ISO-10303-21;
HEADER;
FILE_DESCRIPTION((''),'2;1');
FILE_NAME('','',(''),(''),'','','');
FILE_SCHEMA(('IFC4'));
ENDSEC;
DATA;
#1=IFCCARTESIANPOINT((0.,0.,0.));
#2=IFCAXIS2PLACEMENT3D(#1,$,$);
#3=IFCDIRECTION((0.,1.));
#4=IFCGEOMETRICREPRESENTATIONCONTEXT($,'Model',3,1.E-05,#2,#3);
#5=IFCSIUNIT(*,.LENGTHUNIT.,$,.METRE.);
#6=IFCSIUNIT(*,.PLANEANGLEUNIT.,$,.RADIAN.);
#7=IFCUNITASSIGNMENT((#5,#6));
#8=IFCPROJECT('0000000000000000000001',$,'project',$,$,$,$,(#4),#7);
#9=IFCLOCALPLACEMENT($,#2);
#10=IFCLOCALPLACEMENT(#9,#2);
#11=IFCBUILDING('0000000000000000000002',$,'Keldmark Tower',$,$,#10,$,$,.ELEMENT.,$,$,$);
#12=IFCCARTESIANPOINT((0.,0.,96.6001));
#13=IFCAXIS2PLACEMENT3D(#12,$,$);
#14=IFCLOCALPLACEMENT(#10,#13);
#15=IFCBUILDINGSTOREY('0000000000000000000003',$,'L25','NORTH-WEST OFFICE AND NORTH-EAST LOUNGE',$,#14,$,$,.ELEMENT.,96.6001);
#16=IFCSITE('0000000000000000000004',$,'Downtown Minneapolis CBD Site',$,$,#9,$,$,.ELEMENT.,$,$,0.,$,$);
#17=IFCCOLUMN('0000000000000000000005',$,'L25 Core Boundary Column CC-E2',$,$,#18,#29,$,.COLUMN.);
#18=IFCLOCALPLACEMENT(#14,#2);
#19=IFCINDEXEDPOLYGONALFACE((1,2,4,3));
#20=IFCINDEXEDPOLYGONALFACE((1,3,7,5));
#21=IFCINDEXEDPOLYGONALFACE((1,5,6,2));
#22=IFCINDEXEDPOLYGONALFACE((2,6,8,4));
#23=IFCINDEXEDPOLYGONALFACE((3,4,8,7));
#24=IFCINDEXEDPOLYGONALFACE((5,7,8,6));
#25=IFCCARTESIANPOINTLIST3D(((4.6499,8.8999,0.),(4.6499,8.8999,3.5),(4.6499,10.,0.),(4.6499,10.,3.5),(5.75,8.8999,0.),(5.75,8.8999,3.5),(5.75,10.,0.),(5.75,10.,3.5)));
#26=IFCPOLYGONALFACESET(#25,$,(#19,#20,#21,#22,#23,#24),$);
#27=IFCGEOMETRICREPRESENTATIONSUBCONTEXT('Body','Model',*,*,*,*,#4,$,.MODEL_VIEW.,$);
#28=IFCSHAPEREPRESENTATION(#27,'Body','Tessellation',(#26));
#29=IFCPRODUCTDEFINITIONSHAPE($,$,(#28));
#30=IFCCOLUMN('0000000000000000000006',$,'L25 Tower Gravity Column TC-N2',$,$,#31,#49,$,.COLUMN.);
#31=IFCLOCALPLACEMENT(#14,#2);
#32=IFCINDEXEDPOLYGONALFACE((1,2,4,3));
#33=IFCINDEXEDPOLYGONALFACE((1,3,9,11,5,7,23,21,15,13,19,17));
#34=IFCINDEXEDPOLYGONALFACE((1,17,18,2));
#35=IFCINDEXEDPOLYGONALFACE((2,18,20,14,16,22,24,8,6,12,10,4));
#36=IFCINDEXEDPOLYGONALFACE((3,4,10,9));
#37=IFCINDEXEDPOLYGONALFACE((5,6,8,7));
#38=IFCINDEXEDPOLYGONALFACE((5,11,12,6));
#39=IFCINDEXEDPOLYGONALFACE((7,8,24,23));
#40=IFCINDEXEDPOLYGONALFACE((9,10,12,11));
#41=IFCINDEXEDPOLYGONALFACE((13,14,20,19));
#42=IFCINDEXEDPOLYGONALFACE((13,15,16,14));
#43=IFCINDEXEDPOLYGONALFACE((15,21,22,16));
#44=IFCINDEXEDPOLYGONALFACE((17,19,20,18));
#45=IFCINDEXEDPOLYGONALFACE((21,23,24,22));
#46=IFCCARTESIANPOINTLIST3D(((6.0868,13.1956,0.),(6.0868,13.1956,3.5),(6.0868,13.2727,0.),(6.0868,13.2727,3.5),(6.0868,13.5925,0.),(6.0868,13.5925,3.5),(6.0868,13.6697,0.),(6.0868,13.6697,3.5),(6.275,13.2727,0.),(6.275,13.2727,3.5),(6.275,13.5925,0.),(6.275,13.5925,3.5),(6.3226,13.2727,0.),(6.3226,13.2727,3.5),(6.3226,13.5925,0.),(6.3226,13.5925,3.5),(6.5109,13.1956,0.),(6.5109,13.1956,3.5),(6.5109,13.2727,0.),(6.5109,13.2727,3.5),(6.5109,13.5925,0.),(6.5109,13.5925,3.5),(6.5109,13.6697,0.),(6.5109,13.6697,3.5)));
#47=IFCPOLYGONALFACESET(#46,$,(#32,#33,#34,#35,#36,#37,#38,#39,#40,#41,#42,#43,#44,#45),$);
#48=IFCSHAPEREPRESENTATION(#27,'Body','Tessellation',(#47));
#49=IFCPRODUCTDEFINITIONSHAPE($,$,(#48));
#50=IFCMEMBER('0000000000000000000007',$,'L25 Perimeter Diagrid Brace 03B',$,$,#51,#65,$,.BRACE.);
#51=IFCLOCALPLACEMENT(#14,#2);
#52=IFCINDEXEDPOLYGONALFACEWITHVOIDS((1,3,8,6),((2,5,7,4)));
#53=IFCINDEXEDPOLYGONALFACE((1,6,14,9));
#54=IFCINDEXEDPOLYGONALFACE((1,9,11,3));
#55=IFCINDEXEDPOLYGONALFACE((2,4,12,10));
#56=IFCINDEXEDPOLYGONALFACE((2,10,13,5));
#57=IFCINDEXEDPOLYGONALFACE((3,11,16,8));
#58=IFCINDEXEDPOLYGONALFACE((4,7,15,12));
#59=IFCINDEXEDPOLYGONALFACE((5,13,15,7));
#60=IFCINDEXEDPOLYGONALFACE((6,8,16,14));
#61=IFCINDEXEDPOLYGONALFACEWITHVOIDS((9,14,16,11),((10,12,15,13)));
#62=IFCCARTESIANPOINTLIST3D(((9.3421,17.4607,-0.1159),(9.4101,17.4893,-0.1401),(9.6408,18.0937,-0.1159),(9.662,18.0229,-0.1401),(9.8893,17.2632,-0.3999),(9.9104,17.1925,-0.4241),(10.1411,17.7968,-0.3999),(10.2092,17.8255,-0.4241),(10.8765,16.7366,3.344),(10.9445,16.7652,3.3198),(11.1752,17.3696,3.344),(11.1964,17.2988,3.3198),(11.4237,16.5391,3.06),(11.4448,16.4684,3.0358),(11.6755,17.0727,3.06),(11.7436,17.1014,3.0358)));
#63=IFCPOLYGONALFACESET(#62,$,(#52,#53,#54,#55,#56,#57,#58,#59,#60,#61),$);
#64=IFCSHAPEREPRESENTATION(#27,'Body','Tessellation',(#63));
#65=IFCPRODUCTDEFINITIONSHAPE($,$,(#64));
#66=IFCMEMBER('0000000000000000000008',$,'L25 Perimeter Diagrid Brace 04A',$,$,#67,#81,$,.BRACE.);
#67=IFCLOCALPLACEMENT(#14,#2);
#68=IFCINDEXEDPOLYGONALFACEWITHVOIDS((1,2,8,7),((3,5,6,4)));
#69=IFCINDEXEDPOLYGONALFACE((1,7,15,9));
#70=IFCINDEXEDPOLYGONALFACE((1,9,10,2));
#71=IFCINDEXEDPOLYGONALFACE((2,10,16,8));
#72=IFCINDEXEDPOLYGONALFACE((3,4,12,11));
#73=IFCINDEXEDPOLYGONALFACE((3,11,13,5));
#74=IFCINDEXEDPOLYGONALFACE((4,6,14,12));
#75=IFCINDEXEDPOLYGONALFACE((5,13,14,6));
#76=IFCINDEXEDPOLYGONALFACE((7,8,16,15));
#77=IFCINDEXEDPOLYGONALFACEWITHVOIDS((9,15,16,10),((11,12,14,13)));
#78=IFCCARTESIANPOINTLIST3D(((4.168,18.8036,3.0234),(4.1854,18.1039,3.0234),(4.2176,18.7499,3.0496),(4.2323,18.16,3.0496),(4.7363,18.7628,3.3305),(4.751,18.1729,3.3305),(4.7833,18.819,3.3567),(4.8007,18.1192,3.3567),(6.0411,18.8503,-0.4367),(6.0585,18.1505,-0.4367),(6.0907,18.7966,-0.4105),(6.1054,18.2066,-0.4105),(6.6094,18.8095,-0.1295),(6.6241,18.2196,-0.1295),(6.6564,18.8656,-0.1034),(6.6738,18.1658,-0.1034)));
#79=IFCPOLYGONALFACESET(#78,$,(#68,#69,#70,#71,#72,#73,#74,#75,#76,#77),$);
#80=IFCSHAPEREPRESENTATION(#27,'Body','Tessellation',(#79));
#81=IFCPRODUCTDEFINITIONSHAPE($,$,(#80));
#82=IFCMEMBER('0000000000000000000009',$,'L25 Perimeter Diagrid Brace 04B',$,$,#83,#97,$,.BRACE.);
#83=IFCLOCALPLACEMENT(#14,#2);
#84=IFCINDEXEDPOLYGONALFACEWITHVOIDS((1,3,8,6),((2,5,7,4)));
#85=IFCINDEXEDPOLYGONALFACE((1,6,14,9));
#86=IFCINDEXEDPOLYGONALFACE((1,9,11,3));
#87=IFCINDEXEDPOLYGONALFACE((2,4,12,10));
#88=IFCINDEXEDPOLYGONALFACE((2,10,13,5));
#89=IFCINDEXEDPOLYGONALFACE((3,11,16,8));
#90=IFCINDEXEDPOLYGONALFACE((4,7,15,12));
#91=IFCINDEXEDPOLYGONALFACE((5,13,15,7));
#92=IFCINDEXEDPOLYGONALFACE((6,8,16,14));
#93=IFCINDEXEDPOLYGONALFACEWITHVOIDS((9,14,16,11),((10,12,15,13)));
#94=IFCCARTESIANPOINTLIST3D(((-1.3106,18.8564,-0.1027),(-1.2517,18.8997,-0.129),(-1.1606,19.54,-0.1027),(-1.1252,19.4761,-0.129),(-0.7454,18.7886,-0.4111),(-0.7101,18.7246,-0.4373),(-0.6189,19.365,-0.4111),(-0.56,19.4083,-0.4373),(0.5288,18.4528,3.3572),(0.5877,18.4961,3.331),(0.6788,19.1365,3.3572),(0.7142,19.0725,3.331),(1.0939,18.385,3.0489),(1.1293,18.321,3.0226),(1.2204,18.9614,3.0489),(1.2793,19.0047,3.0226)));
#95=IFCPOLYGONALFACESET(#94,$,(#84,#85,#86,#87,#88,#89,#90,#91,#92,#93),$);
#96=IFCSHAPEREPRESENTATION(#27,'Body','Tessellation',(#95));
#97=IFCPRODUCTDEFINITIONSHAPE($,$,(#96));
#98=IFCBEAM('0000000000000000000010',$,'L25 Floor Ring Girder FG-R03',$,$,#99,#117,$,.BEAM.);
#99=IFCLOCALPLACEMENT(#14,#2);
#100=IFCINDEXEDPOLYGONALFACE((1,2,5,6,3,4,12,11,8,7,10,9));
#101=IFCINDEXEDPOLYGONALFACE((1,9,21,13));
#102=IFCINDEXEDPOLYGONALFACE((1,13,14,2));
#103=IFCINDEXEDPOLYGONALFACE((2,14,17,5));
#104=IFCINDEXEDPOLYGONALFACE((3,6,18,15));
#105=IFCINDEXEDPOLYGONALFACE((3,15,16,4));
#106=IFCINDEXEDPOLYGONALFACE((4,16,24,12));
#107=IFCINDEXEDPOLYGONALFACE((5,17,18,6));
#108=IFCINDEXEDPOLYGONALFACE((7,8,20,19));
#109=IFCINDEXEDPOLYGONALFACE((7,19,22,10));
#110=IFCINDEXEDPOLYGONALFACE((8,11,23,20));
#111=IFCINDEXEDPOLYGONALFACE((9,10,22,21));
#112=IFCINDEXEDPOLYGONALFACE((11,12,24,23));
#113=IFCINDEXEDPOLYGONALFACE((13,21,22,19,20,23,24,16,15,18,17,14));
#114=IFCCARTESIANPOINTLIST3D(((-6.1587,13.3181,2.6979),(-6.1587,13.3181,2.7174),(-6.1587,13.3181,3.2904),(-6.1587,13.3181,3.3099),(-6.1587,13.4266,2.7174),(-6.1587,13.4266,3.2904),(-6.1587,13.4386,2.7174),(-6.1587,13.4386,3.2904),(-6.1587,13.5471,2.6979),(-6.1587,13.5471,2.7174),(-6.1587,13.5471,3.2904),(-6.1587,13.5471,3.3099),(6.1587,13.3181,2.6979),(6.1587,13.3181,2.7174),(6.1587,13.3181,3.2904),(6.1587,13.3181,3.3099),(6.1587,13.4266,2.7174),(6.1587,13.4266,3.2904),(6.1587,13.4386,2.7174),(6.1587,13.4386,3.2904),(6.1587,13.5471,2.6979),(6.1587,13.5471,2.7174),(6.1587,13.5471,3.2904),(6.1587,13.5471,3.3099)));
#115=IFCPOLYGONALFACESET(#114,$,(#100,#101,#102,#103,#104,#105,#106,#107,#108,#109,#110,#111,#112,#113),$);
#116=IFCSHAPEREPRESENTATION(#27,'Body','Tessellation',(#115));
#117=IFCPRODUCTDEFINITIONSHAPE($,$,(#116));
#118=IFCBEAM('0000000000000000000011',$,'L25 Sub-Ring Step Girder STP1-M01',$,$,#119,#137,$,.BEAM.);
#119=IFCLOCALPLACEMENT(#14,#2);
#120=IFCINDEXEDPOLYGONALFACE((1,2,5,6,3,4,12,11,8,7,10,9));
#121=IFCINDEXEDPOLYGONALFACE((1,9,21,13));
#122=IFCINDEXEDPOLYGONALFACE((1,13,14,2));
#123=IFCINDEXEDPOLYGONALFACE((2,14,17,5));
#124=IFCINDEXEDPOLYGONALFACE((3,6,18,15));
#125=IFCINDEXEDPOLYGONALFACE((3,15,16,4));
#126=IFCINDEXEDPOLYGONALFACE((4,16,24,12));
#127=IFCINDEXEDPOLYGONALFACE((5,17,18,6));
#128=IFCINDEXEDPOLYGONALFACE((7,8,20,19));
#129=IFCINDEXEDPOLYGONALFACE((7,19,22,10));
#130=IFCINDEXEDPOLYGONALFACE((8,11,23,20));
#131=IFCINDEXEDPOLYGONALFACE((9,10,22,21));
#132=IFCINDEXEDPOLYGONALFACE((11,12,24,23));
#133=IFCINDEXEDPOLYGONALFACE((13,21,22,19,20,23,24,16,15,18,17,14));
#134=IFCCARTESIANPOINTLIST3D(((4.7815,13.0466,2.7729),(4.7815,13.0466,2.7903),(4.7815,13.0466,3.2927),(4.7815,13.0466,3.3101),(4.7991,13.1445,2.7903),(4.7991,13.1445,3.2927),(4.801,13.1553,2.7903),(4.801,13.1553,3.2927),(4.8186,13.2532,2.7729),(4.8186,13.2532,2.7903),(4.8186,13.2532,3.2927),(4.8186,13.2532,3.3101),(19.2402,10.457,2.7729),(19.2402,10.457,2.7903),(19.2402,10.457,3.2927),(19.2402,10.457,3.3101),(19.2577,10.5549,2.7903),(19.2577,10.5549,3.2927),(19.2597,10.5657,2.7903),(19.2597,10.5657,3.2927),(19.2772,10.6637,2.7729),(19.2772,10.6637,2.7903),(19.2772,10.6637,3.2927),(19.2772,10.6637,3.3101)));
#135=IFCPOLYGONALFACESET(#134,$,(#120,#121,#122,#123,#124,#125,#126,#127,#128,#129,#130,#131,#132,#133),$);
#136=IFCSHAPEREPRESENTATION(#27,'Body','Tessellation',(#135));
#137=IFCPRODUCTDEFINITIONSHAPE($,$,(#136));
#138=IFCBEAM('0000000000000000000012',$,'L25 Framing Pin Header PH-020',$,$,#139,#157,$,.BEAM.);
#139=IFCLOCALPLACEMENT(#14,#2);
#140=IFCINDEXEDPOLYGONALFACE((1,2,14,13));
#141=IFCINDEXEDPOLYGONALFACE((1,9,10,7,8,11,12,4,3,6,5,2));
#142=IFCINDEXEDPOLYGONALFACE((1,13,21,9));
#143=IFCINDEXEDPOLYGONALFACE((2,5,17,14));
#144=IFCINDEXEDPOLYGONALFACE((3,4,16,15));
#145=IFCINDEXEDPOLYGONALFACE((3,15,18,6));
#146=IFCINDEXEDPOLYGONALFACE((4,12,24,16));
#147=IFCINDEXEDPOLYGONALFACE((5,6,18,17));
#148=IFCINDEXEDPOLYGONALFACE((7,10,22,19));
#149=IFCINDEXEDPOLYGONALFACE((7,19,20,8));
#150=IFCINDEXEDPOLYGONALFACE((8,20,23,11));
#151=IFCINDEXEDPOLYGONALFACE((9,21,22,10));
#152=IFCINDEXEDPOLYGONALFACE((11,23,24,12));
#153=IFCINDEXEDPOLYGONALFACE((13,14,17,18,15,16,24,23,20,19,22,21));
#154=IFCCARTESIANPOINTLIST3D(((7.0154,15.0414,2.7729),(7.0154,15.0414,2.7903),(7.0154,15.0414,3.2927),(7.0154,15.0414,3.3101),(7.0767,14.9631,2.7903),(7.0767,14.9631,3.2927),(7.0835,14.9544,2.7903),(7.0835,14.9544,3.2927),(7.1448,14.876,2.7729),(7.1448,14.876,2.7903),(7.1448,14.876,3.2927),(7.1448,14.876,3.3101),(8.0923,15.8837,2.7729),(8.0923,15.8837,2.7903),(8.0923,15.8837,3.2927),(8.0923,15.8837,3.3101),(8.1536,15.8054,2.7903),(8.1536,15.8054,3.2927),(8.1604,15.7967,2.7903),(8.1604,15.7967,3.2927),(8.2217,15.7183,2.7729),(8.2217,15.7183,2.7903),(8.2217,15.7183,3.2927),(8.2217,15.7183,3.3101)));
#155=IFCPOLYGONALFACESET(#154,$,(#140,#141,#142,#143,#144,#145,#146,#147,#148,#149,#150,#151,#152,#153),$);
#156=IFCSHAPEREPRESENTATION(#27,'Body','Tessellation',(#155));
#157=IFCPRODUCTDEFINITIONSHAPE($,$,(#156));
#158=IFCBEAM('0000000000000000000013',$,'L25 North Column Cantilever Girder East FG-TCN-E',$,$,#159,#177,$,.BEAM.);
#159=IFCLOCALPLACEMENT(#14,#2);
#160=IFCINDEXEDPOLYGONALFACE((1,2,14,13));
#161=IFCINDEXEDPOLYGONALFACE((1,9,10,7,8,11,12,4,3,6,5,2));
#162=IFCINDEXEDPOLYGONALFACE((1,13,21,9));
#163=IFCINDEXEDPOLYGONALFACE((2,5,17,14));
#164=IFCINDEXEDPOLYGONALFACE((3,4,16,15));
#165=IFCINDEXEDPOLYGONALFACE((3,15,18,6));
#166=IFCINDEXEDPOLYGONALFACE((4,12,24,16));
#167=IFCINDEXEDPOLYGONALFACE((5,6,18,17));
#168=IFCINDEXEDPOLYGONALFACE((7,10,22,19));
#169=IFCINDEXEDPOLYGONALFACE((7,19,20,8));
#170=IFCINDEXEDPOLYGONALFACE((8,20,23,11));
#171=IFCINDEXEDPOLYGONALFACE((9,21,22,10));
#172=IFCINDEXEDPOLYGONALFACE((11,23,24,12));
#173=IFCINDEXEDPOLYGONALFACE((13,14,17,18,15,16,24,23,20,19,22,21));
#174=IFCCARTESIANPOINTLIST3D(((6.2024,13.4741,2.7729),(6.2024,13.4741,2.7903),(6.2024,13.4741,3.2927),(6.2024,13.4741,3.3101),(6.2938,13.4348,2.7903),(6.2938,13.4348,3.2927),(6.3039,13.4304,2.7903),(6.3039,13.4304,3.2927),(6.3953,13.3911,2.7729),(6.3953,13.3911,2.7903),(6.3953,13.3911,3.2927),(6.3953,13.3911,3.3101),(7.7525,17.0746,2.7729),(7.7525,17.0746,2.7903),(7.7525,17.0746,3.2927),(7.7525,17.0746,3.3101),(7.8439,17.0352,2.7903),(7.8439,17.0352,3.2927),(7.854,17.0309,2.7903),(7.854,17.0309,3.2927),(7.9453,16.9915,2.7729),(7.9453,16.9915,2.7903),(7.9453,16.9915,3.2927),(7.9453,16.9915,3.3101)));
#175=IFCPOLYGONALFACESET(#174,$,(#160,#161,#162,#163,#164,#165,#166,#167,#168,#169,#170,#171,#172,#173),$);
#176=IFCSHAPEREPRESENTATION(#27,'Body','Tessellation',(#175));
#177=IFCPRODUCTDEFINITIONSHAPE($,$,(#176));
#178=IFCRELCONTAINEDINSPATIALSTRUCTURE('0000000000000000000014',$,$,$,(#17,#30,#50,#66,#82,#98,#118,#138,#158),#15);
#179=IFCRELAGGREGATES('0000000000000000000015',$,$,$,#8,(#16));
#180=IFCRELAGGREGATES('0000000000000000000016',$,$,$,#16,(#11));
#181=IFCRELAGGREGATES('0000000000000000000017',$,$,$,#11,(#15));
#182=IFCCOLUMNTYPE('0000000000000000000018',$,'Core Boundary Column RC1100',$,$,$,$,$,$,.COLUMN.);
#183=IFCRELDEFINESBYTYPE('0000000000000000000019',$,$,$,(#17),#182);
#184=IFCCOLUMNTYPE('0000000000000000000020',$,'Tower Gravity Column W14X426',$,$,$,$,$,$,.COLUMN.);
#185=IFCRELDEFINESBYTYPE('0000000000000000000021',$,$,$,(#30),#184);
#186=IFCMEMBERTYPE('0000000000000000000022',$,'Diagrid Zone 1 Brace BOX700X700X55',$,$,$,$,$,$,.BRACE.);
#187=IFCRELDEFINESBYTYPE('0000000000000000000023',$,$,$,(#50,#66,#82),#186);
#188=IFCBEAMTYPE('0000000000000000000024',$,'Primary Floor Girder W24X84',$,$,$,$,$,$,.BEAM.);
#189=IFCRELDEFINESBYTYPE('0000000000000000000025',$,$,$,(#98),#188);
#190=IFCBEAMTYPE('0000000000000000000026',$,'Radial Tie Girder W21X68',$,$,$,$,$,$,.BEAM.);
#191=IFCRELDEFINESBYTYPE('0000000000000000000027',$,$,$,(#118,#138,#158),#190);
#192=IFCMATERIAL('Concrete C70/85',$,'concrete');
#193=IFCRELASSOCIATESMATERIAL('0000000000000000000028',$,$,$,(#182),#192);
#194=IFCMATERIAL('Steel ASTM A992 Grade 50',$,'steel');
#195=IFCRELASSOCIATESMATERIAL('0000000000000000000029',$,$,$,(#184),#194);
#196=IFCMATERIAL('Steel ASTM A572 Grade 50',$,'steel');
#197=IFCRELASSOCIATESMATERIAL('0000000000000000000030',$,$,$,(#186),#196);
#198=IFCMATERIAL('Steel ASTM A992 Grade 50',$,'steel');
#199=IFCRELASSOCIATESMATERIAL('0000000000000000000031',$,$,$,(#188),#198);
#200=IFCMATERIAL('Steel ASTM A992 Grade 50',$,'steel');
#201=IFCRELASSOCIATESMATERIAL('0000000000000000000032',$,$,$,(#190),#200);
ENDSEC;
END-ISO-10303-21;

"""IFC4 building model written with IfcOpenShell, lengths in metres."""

from ifc_helpers import new_model, si_unit, direction, frame, origin, origin_2d, place, context, subcontext, project, spatial, rectangle, hollow_rectangle, i_section, extrude, material, material_profile, profile_set, type_object, element, save


model = new_model("IFC4")

# Units and contexts
model_context = context("Model", 3, precision=1e-05, world=origin(), true_north=direction((0.0, 1.0)))
body_context = subcontext(model_context, "Body", "Model", "MODEL_VIEW")
ifc_project = project(units=[si_unit("LENGTHUNIT", "METRE"), si_unit("PLANEANGLEUNIT", "RADIAN")], contexts=[model_context])

# Site, building, storey
site_placement = place(None, origin())
site = spatial("IfcSite", under=ifc_project, at=site_placement, Name="Downtown Minneapolis CBD Site", CompositionType="ELEMENT", RefElevation=0.0)
building_placement = place(site_placement, origin())
building = spatial("IfcBuilding", under=site, at=building_placement, Name="Keldmark Tower", CompositionType="ELEMENT")
storey_placement = place(building_placement, frame((0.0, 0.0, 96.6001)))
storey = spatial("IfcBuildingStorey", under=building, at=storey_placement, Name="L25", Description="NORTH-WEST OFFICE AND NORTH-EAST LOUNGE", CompositionType="ELEMENT", Elevation=96.6001)

# Columns
ifc_material_1 = material(Name="Concrete C70/85", Category="concrete")
ifc_material_profile_1 = material_profile(ifc_material_1, rectangle(XDim=1.1001, YDim=1.1001, at=origin_2d()), Name="RC1100X1100")
ifc_profile_set_1 = profile_set([ifc_material_profile_1], Name="Concrete C70/85")
column_type_1 = type_object("IfcColumnType", Name="Core Boundary Column RC1100", PredefinedType="COLUMN", material=ifc_profile_set_1)
column_1_placement = place(storey_placement, frame((5.2, 9.45, 0.0), z_axis=(0.0, 0.0, 1.0), x_axis=(1.0, 0.0, 0.0)))
element("IfcColumn", 1, at=column_1_placement, inside=storey, type_object=column_type_1, Name="L25 Core Boundary Column CC-E2", PredefinedType="COLUMN", context=body_context, shape_type="SweptSolid", body=[
    extrude(rectangle(XDim=1.1001, YDim=1.1001, at=origin_2d()), origin(), (0.0, 0.0, 1.0), 3.5),
])
ifc_material_2 = material(Name="Steel ASTM A992 Grade 50", Category="steel")
ifc_material_profile_2 = material_profile(ifc_material_2, i_section(OverallWidth=0.4241, OverallDepth=0.4741, WebThickness=0.0476, FlangeThickness=0.0771, at=origin_2d()), Name="W14X426")
ifc_profile_set_2 = profile_set([ifc_material_profile_2], Name="Steel ASTM A992 Grade 50")
column_type_2 = type_object("IfcColumnType", Name="Tower Gravity Column W14X426", PredefinedType="COLUMN", material=ifc_profile_set_2)
column_2_placement = place(storey_placement, frame((6.2988, 13.4326, 0.0), z_axis=(0.0, 0.0, 1.0), x_axis=(1.0, 0.0, 0.0)))
element("IfcColumn", 2, at=column_2_placement, inside=storey, type_object=column_type_2, Name="L25 Tower Gravity Column TC-N2", PredefinedType="COLUMN", context=body_context, shape_type="SweptSolid", body=[
    extrude(i_section(OverallWidth=0.4241, OverallDepth=0.4741, WebThickness=0.0476, FlangeThickness=0.0771, at=origin_2d()), origin(), (0.0, 0.0, 1.0), 3.5),
])

# Members
ifc_material_3 = material(Name="Steel ASTM A572 Grade 50", Category="steel")
ifc_material_profile_3 = material_profile(ifc_material_3, hollow_rectangle(XDim=0.7, YDim=0.7, WallThickness=0.0549, at=origin_2d()), Name="BOX700X700X55")
ifc_profile_set_3 = profile_set([ifc_material_profile_3], Name="Steel ASTM A572 Grade 50")
member_type = type_object("IfcMemberType", Name="Diagrid Zone 1 Brace BOX700X700X55", PredefinedType="BRACE", material=ifc_profile_set_3)
member_1_placement = place(storey_placement, frame((9.7756, 17.6431, -0.27), z_axis=(0.398181, -0.187908, 0.897854), x_axis=(0.426781, 0.904355, 0.0)))
element("IfcMember", 3, at=member_1_placement, inside=storey, type_object=member_type, Name="L25 Perimeter Diagrid Brace 03B", PredefinedType="BRACE", context=body_context, shape_type="SweptSolid", body=[
    extrude(hollow_rectangle(XDim=0.7, YDim=0.7, WallThickness=0.0549, at=origin_2d()), origin(), (0.0, 0.0, 1.0), 3.8535),
])
member_2_placement = place(storey_placement, frame((6.3574, 18.5081, -0.27), z_axis=(-0.476034, -0.011851, 0.879347), x_axis=(0.024888, -0.99969, 0.0)))
element("IfcMember", 4, at=member_2_placement, inside=storey, type_object=member_type, Name="L25 Perimeter Diagrid Brace 04A", PredefinedType="BRACE", context=body_context, shape_type="SweptSolid", body=[
    extrude(hollow_rectangle(XDim=0.7, YDim=0.7, WallThickness=0.0549, at=origin_2d()), origin(), (0.0, 0.0, 1.0), 3.9348),
])
member_3_placement = place(storey_placement, frame((-0.9353, 19.1323, -0.27), z_axis=(0.466934, -0.102448, 0.878337), x_axis=(0.214308, 0.976766, 0.0)))
element("IfcMember", 5, at=member_3_placement, inside=storey, type_object=member_type, Name="L25 Perimeter Diagrid Brace 04B", PredefinedType="BRACE", context=body_context, shape_type="SweptSolid", body=[
    extrude(hollow_rectangle(XDim=0.7, YDim=0.7, WallThickness=0.0549, at=origin_2d()), origin(), (0.0, 0.0, 1.0), 3.9392),
])

# Beams
ifc_material_4 = material(Name="Steel ASTM A992 Grade 50", Category="steel")
ifc_material_profile_4 = material_profile(ifc_material_4, i_section(OverallWidth=0.229, OverallDepth=0.6121, WebThickness=0.012, FlangeThickness=0.0195, at=origin_2d()), Name="W24X84")
ifc_profile_set_4 = profile_set([ifc_material_profile_4], Name="Steel ASTM A992 Grade 50")
beam_type_1 = type_object("IfcBeamType", Name="Primary Floor Girder W24X84", PredefinedType="BEAM", material=ifc_profile_set_4)
beam_1_placement = place(storey_placement, frame((6.1587, 13.4326, 3.0039), z_axis=(-1.0, 0.0, 0.0), x_axis=(0.0, -1.0, 0.0)))
element("IfcBeam", 6, at=beam_1_placement, inside=storey, type_object=beam_type_1, Name="L25 Floor Ring Girder FG-R03", PredefinedType="BEAM", context=body_context, shape_type="SweptSolid", body=[
    extrude(i_section(OverallWidth=0.229, OverallDepth=0.6121, WebThickness=0.012, FlangeThickness=0.0195, at=origin_2d()), origin(), (0.0, 0.0, 1.0), 12.3174),
])
ifc_material_5 = material(Name="Steel ASTM A992 Grade 50", Category="steel")
ifc_material_profile_5 = material_profile(ifc_material_5, i_section(OverallWidth=0.21, OverallDepth=0.5371, WebThickness=0.011, FlangeThickness=0.0173, at=origin_2d()), Name="W21X68")
ifc_profile_set_5 = profile_set([ifc_material_profile_5], Name="Steel ASTM A992 Grade 50")
beam_type_2 = type_object("IfcBeamType", Name="Radial Tie Girder W21X68", PredefinedType="BEAM", material=ifc_profile_set_5)
beam_2_placement = place(storey_placement, frame((4.8, 13.1499, 3.0415), z_axis=(0.984337, -0.176297, 0.0), x_axis=(0.176297, 0.984337, 0.0)))
element("IfcBeam", 7, at=beam_2_placement, inside=storey, type_object=beam_type_2, Name="L25 Sub-Ring Step Girder STP1-M01", PredefinedType="BEAM", context=body_context, shape_type="SweptSolid", body=[
    extrude(i_section(OverallWidth=0.21, OverallDepth=0.5371, WebThickness=0.011, FlangeThickness=0.0173, at=origin_2d()), origin(), (0.0, 0.0, 1.0), 14.6887),
])
beam_3_placement = place(storey_placement, frame((7.0801, 14.9587, 3.0415), z_axis=(0.787686, 0.616077, 0.0), x_axis=(-0.616077, 0.787686, 0.0)))
element("IfcBeam", 8, at=beam_3_placement, inside=storey, type_object=beam_type_2, Name="L25 Framing Pin Header PH-020", PredefinedType="BEAM", context=body_context, shape_type="SweptSolid", body=[
    extrude(i_section(OverallWidth=0.21, OverallDepth=0.5371, WebThickness=0.011, FlangeThickness=0.0173, at=origin_2d()), origin(), (0.0, 0.0, 1.0), 1.3672),
])
beam_4_placement = place(storey_placement, frame((6.2988, 13.4326, 3.0415), z_axis=(0.395437, 0.918493, 0.0), x_axis=(-0.918493, 0.395437, 0.0)))
element("IfcBeam", 9, at=beam_4_placement, inside=storey, type_object=beam_type_2, Name="L25 North Column Cantilever Girder East FG-TCN-E", PredefinedType="BEAM", context=body_context, shape_type="SweptSolid", body=[
    extrude(i_section(OverallWidth=0.21, OverallDepth=0.5371, WebThickness=0.011, FlangeThickness=0.0173, at=origin_2d()), origin(), (0.0, 0.0, 1.0), 3.9199),
])

save(model, "model.ifc")
